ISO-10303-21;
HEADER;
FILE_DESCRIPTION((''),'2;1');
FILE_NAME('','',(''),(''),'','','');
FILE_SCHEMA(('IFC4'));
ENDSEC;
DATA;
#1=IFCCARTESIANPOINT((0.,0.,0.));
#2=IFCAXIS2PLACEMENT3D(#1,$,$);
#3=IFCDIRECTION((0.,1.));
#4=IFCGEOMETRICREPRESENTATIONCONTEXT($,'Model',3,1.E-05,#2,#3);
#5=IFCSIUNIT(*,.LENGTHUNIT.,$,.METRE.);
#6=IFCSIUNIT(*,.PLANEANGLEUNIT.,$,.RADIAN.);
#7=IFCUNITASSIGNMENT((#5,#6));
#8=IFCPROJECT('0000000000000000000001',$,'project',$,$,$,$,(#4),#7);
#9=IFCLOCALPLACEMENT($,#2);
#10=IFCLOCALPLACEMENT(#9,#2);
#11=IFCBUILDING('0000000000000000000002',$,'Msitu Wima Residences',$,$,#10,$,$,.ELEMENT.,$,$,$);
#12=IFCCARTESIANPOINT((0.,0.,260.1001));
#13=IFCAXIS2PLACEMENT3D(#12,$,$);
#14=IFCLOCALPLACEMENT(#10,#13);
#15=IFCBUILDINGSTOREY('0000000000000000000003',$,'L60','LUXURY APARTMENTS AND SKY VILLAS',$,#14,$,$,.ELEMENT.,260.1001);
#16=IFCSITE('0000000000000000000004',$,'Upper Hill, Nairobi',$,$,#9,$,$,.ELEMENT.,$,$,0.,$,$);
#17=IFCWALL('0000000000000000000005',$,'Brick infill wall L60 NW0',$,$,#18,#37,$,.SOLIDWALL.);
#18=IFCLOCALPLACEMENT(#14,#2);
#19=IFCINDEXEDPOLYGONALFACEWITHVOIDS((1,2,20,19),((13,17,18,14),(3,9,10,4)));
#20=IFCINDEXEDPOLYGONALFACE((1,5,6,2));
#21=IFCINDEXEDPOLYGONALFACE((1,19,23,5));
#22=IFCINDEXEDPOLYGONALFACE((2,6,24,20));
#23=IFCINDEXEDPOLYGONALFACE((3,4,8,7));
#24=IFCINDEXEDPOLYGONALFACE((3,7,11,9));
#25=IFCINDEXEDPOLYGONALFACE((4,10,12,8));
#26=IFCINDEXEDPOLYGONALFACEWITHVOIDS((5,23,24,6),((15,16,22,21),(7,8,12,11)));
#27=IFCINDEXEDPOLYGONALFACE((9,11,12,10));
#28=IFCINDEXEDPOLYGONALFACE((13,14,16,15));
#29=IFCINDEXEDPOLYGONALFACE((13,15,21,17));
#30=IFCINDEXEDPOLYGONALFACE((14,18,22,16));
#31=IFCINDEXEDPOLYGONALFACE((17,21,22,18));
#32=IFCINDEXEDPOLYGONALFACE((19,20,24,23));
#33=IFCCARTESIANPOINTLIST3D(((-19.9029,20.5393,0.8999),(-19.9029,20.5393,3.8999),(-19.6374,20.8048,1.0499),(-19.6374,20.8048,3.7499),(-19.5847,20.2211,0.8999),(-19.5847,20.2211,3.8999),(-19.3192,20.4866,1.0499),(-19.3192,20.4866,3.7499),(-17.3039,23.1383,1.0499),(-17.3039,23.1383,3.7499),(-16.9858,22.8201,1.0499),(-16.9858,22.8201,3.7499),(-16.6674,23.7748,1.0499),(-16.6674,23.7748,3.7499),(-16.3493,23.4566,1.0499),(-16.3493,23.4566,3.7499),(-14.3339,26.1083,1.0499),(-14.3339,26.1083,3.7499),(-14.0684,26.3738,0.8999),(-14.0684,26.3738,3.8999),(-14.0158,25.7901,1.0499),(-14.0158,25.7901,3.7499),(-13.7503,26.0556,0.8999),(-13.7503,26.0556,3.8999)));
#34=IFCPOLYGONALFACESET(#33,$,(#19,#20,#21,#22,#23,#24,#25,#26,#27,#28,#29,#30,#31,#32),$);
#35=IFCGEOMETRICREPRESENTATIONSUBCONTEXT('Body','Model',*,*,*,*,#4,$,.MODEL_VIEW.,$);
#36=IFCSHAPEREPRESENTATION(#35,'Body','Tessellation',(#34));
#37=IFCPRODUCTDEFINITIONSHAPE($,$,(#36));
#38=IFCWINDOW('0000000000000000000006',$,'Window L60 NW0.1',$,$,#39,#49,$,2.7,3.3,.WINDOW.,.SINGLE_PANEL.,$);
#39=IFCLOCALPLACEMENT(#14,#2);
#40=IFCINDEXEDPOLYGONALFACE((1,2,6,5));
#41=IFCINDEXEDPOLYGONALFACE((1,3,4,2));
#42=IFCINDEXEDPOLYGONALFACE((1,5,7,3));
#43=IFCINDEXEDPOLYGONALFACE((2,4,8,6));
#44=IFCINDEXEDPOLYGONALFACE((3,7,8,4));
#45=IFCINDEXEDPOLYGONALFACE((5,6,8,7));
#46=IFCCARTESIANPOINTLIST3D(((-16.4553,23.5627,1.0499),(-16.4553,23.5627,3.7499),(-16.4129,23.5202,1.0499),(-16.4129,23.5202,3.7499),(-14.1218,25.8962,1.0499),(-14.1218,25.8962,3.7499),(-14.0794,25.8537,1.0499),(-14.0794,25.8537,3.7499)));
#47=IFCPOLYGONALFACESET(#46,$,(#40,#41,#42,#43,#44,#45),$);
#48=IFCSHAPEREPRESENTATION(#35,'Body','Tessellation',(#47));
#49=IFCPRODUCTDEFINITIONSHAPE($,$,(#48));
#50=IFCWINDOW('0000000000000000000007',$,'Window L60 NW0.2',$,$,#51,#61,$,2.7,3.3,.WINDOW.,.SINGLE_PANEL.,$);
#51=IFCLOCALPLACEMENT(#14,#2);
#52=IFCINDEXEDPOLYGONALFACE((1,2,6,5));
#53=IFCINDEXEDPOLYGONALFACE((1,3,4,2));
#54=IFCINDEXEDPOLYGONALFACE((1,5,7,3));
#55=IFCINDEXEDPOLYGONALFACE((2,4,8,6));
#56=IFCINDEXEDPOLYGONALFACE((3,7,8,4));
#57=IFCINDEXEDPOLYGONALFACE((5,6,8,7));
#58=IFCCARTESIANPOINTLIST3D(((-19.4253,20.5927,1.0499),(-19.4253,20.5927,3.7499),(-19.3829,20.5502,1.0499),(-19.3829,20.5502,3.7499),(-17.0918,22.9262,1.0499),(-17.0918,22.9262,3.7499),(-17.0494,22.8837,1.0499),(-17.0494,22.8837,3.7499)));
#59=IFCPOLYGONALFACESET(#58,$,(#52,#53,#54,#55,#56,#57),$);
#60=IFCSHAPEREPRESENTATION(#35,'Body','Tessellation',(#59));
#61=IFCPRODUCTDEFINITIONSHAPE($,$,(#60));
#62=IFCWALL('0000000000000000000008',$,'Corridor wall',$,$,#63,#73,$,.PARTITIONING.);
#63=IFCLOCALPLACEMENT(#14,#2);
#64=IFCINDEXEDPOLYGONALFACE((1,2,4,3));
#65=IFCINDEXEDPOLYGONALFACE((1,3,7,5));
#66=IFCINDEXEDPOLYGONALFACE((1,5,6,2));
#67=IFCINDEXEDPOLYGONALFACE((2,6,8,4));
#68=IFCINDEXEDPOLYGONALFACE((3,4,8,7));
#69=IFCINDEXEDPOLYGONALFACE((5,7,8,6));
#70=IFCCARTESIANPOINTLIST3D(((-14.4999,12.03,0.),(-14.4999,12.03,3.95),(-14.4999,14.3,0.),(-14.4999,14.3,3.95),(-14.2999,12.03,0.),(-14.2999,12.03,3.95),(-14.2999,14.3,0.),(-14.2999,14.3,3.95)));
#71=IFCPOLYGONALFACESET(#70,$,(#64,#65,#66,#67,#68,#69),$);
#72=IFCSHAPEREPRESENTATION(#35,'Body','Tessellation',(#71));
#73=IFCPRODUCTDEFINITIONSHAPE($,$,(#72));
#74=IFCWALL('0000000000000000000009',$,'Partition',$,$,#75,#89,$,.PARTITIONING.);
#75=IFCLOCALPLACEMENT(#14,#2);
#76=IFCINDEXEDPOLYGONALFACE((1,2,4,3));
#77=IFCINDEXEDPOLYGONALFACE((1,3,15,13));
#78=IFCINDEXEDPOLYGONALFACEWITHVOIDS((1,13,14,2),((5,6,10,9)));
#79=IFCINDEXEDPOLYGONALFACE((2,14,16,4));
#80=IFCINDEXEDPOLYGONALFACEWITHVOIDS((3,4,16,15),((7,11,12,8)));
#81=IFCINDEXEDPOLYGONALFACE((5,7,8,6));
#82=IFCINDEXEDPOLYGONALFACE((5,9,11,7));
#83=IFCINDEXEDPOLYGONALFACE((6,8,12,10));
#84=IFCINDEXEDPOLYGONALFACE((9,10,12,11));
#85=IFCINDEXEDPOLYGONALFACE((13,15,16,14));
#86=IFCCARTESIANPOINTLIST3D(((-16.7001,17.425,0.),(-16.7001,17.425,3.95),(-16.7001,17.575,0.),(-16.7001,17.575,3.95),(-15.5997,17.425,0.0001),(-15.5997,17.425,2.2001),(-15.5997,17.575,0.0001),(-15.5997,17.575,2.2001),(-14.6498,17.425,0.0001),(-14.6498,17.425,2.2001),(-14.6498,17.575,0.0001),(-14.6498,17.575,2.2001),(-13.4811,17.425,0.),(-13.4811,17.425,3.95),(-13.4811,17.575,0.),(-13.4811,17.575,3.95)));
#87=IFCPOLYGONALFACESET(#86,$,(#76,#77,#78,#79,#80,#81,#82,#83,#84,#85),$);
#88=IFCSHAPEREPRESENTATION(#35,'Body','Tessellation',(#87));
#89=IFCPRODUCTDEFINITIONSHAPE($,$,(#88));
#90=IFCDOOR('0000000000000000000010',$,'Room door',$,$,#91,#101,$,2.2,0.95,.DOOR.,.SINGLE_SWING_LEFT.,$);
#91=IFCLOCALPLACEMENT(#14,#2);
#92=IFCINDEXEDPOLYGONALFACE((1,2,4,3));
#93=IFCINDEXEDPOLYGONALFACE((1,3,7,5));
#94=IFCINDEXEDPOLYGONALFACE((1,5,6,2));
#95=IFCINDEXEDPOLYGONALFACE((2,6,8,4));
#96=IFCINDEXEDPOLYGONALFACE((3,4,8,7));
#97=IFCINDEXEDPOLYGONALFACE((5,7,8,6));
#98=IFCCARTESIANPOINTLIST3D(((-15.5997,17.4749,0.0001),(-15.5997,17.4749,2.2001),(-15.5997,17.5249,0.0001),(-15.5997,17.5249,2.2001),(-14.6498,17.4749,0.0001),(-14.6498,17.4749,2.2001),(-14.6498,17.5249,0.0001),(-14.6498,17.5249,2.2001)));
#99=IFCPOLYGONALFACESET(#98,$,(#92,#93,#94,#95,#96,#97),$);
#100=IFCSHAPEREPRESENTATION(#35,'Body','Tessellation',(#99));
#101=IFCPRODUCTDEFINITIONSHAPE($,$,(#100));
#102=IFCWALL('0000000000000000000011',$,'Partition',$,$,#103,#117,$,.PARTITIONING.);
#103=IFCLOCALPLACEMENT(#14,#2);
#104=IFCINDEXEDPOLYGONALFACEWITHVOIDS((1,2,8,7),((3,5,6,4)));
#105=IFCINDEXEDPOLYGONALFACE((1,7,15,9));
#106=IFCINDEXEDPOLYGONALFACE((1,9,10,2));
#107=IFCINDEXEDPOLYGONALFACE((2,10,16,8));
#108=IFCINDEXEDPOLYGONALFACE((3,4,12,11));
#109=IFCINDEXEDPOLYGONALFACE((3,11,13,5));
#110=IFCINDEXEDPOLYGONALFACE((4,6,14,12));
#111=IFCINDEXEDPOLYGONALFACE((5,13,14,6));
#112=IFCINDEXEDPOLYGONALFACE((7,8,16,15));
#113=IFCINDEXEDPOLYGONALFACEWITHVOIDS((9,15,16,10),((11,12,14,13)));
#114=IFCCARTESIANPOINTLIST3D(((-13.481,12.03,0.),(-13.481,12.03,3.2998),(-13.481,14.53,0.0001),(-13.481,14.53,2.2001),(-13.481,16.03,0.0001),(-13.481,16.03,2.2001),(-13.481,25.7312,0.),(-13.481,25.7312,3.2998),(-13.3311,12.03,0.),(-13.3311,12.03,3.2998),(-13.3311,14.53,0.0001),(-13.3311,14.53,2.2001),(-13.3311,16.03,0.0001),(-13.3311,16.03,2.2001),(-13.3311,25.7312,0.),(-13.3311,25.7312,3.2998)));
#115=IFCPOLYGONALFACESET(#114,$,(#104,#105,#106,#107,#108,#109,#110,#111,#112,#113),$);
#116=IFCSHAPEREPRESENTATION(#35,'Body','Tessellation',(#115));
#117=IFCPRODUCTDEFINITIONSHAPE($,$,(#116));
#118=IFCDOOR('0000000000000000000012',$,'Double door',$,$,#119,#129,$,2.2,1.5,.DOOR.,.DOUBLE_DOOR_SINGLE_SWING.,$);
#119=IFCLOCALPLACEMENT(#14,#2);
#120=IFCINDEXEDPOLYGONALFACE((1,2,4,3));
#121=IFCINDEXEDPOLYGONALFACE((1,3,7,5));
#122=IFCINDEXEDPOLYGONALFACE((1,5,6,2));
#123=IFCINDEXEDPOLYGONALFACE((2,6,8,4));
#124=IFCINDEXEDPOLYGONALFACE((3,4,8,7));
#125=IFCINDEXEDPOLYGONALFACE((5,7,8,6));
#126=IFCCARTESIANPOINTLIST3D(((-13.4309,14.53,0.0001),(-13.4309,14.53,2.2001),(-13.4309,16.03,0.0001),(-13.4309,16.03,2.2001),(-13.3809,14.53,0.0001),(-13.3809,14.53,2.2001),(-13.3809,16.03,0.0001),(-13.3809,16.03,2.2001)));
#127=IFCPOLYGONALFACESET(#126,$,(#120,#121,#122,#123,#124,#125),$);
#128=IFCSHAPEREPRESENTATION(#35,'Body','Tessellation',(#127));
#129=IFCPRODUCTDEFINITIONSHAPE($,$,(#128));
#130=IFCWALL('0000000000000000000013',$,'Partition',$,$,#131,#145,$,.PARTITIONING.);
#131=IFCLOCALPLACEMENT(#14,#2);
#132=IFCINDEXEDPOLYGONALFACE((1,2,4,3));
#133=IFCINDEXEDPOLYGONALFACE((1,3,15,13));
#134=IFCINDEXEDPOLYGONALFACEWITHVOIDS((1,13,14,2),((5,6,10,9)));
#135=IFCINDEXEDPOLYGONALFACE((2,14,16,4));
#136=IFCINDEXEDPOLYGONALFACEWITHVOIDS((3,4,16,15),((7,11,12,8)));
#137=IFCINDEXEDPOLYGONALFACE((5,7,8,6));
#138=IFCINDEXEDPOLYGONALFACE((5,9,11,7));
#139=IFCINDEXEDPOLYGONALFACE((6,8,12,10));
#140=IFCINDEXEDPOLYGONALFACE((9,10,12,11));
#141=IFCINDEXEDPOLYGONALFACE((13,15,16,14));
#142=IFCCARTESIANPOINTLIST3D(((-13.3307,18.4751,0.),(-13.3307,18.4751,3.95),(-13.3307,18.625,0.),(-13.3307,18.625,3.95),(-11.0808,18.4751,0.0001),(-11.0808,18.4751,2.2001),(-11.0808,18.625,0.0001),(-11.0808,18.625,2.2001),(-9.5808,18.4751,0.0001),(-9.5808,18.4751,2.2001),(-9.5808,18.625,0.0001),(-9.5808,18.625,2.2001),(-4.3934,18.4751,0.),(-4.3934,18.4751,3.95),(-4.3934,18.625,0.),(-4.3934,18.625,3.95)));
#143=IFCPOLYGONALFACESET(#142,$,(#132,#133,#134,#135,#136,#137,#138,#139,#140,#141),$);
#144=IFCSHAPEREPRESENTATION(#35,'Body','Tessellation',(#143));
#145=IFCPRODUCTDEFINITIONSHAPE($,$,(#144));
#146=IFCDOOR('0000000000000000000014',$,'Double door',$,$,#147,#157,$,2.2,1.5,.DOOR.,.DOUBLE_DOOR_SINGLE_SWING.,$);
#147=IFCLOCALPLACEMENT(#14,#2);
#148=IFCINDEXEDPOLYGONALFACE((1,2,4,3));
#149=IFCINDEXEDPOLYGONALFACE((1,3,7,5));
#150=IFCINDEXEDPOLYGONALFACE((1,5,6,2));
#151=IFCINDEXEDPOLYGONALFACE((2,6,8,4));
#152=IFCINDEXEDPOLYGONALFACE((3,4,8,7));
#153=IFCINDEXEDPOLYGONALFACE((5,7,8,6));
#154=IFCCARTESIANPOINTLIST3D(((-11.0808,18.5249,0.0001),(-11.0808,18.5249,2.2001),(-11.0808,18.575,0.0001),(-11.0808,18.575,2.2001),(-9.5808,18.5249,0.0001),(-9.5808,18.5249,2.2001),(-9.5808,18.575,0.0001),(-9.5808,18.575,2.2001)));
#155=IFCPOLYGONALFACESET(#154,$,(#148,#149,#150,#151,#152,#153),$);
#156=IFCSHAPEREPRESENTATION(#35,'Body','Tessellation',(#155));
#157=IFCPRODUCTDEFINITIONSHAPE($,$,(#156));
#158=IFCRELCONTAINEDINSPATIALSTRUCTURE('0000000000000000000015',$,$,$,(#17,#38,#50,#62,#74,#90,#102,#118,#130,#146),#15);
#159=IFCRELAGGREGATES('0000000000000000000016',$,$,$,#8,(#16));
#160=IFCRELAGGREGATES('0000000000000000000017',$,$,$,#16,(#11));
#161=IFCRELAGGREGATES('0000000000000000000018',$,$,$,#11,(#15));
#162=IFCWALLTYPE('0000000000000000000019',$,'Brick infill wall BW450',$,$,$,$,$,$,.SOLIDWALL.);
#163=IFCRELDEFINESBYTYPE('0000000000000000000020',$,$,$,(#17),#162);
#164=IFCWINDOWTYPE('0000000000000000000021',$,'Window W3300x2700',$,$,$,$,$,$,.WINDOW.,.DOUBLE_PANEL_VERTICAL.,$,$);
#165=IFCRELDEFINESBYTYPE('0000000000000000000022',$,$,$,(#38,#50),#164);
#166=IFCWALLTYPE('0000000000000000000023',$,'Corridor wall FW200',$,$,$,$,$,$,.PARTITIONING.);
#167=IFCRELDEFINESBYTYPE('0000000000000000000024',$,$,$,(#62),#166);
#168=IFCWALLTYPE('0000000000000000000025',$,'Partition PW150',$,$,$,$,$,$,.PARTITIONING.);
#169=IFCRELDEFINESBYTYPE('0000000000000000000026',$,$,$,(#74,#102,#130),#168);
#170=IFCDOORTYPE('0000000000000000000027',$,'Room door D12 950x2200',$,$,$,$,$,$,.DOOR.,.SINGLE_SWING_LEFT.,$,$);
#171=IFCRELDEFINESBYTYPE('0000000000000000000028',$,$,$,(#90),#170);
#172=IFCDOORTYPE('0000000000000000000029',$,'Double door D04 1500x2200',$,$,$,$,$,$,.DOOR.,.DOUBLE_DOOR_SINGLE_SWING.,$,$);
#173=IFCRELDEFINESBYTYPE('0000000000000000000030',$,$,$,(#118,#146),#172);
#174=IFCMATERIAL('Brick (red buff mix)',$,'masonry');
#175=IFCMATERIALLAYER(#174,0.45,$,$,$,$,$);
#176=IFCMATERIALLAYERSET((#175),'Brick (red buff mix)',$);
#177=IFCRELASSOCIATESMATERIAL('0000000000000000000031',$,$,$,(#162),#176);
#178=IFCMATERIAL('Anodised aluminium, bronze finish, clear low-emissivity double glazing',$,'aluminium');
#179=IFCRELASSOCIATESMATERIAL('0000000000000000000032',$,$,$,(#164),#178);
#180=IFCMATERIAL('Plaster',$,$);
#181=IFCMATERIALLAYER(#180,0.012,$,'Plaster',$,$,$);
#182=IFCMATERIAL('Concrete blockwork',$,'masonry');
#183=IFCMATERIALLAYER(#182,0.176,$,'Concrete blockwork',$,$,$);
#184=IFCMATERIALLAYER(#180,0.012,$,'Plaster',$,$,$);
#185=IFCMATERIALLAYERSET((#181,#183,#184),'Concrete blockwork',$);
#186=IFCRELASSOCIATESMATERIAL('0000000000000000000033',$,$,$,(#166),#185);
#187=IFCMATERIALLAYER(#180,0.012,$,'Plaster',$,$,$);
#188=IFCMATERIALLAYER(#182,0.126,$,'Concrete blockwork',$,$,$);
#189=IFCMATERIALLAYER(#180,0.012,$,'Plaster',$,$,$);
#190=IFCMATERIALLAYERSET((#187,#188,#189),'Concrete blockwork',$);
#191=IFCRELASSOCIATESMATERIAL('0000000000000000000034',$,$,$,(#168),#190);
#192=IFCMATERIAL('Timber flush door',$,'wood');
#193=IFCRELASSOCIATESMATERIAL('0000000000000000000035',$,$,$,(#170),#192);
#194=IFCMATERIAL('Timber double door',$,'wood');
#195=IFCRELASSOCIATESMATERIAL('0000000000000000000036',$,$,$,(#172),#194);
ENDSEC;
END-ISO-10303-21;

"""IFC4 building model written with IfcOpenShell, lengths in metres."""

from ifc_helpers import new_model, si_unit, direction, frame, frame_2d, origin, place, context, subcontext, project, spatial, rectangle, extrude, material, layer, layer_set, type_object, element, fill, save


model = new_model("IFC4")

# Units and contexts
model_context = context("Model", 3, precision=1e-05, world=origin(), true_north=direction((0.0, 1.0)))
body_context = subcontext(model_context, "Body", "Model", "MODEL_VIEW")
ifc_project = project(units=[si_unit("LENGTHUNIT", "METRE"), si_unit("PLANEANGLEUNIT", "RADIAN")], contexts=[model_context])

# Site, building, storey
site_placement = place(None, origin())
site = spatial("IfcSite", under=ifc_project, at=site_placement, Name="Upper Hill, Nairobi", CompositionType="ELEMENT", RefElevation=0.0)
building_placement = place(site_placement, origin())
building = spatial("IfcBuilding", under=site, at=building_placement, Name="Msitu Wima Residences", CompositionType="ELEMENT")
storey_placement = place(building_placement, frame((0.0, 0.0, 260.1001)))
storey = spatial("IfcBuildingStorey", under=building, at=storey_placement, Name="L60", Description="LUXURY APARTMENTS AND SKY VILLAS", CompositionType="ELEMENT", Elevation=260.1001)

# Wall, openings, windows
ifc_material_1 = material(Name="Brick (red buff mix)", Category="masonry")
ifc_layer_1 = layer(ifc_material_1, 0.45)
ifc_layer_set_1 = layer_set([ifc_layer_1], Name="Brick (red buff mix)")
wall_type_1 = type_object("IfcWallType", Name="Brick infill wall BW450", PredefinedType="SOLIDWALL", material=ifc_layer_set_1)
ifc_material_2 = material(Name="Anodised aluminium, bronze finish, clear low-emissivity double glazing", Category="aluminium")
window_type = type_object("IfcWindowType", Name="Window W3300x2700", PartitioningType="DOUBLE_PANEL_VERTICAL", PredefinedType="WINDOW", material=ifc_material_2)
wall_1_placement = place(storey_placement, frame((-13.9094, 26.2146, 0.8999), z_axis=(0.0, 0.0, 1.0), x_axis=(-0.707107, -0.707107, 0.0)))
wall_1 = element("IfcWall", 1, at=wall_1_placement, inside=storey, type_object=wall_type_1, Name="Brick infill wall L60 NW0", PredefinedType="SOLIDWALL", context=body_context, shape_type="SweptSolid", body=[
    extrude(rectangle(XDim=8.2512, YDim=0.45, at=frame_2d((4.1255, 0.0))), origin(), (0.0, 0.0, 1.0), 3.0),
])
opening_1_placement = place(wall_1_placement, frame((0.3755, 0.0, 0.1499)))
opening_1 = element("IfcOpeningElement", 2, at=opening_1_placement, cuts=wall_1, PredefinedType="OPENING", context=body_context, shape_type="SweptSolid", body=[
    extrude(rectangle(XDim=3.3, YDim=2.7, at=frame_2d((1.6499, 1.3501))), frame((0.0, 0.2349, 0.0), z_axis=(0.0, -1.0, 0.0), x_axis=(1.0, 0.0, 0.0)), (0.0, 0.0, 1.0), 0.47),
])
opening_2_placement = place(wall_1_placement, frame((4.5757, 0.0, 0.1499)))
opening_2 = element("IfcOpeningElement", 3, at=opening_2_placement, cuts=wall_1, PredefinedType="OPENING", context=body_context, shape_type="SweptSolid", body=[
    extrude(rectangle(XDim=3.3, YDim=2.7, at=frame_2d((1.6499, 1.3501))), frame((0.0, 0.2349, 0.0), z_axis=(0.0, -1.0, 0.0), x_axis=(1.0, 0.0, 0.0)), (0.0, 0.0, 1.0), 0.47),
])
window_1_placement = place(opening_1_placement, origin())
window_1 = element("IfcWindow", 4, at=window_1_placement, inside=storey, type_object=window_type, Name="Window L60 NW0.1", OverallHeight=2.7, OverallWidth=3.3, PartitioningType="SINGLE_PANEL", PredefinedType="WINDOW", context=body_context, shape_type="SweptSolid", body=[
    extrude(rectangle(XDim=3.3, YDim=2.7, at=frame_2d((1.6499, 1.3501))), frame((0.0, 0.135, 0.0), z_axis=(0.0, -1.0, 0.0), x_axis=(1.0, 0.0, 0.0)), (0.0, 0.0, 1.0), 0.0601),
])
fill(opening_1, window_1)
window_2_placement = place(opening_2_placement, origin())
window_2 = element("IfcWindow", 5, at=window_2_placement, inside=storey, type_object=window_type, Name="Window L60 NW0.2", OverallHeight=2.7, OverallWidth=3.3, PartitioningType="SINGLE_PANEL", PredefinedType="WINDOW", context=body_context, shape_type="SweptSolid", body=[
    extrude(rectangle(XDim=3.3, YDim=2.7, at=frame_2d((1.6499, 1.3501))), frame((0.0, 0.135, 0.0), z_axis=(0.0, -1.0, 0.0), x_axis=(1.0, 0.0, 0.0)), (0.0, 0.0, 1.0), 0.0601),
])
fill(opening_2, window_2)

# Wall
ifc_material_3 = material(Name="Plaster")
ifc_layer_2 = layer(ifc_material_3, 0.012, Name="Plaster")
ifc_material_4 = material(Name="Concrete blockwork", Category="masonry")
ifc_layer_3 = layer(ifc_material_4, 0.176, Name="Concrete blockwork")
ifc_layer_4 = layer(ifc_material_3, 0.012, Name="Plaster")
ifc_layer_set_2 = layer_set([ifc_layer_2, ifc_layer_3, ifc_layer_4], Name="Concrete blockwork")
wall_type_2 = type_object("IfcWallType", Name="Corridor wall FW200", PredefinedType="PARTITIONING", material=ifc_layer_set_2)
wall_2_placement = place(storey_placement, frame((-14.3999, 12.03, 0.0), z_axis=(0.0, 0.0, 1.0), x_axis=(0.0, 1.0, 0.0)))
element("IfcWall", 6, at=wall_2_placement, inside=storey, type_object=wall_type_2, Name="Corridor wall", PredefinedType="PARTITIONING", context=body_context, shape_type="SweptSolid", body=[
    extrude(rectangle(XDim=2.27, YDim=0.2, at=frame_2d((1.135, 0.0))), origin(), (0.0, 0.0, 1.0), 3.95),
])

# Walls, openings, doors
ifc_layer_5 = layer(ifc_material_3, 0.012, Name="Plaster")
ifc_layer_6 = layer(ifc_material_4, 0.126, Name="Concrete blockwork")
ifc_layer_7 = layer(ifc_material_3, 0.012, Name="Plaster")
ifc_layer_set_3 = layer_set([ifc_layer_5, ifc_layer_6, ifc_layer_7], Name="Concrete blockwork")
wall_type_3 = type_object("IfcWallType", Name="Partition PW150", PredefinedType="PARTITIONING", material=ifc_layer_set_3)
wall_3_placement = place(storey_placement, frame((-16.7, 17.5, 0.0), z_axis=(0.0, 0.0, 1.0), x_axis=(1.0, 0.0, 0.0)))
wall_3 = element("IfcWall", 7, at=wall_3_placement, inside=storey, type_object=wall_type_3, Name="Partition", PredefinedType="PARTITIONING", context=body_context, shape_type="SweptSolid", body=[
    extrude(rectangle(XDim=3.219, YDim=0.1499, at=frame_2d((1.6094, 0.0))), origin(), (0.0, 0.0, 1.0), 3.95),
])
opening_3_placement = place(wall_3_placement, frame((1.1001, 0.0, 0.0)))
opening_3 = element("IfcOpeningElement", 8, at=opening_3_placement, cuts=wall_3, PredefinedType="OPENING", context=body_context, shape_type="SweptSolid", body=[
    extrude(rectangle(XDim=0.95, YDim=2.2, at=frame_2d((0.4751, 1.1001))), frame((0.0, 0.085, 0.0), z_axis=(0.0, -1.0, 0.0), x_axis=(1.0, 0.0, 0.0)), (0.0, 0.0, 1.0), 0.1699),
])
ifc_material_5 = material(Name="Timber flush door", Category="wood")
door_type_1 = type_object("IfcDoorType", Name="Room door D12 950x2200", OperationType="SINGLE_SWING_LEFT", PredefinedType="DOOR", material=ifc_material_5)
door_1_placement = place(opening_3_placement, origin())
door_1 = element("IfcDoor", 9, at=door_1_placement, inside=storey, type_object=door_type_1, Name="Room door", OperationType="SINGLE_SWING_LEFT", OverallHeight=2.2, OverallWidth=0.95, PredefinedType="DOOR", context=body_context, shape_type="SweptSolid", body=[
    extrude(rectangle(XDim=0.95, YDim=2.2, at=frame_2d((0.4751, 1.1001))), frame((0.0, 0.0249, 0.0), z_axis=(0.0, -1.0, 0.0), x_axis=(1.0, 0.0, 0.0)), (0.0, 0.0, 1.0), 0.05),
])
fill(opening_3, door_1)
wall_4_placement = place(storey_placement, frame((-13.406, 12.03, 0.0), z_axis=(0.0, 0.0, 1.0), x_axis=(0.0, 1.0, 0.0)))
wall_4 = element("IfcWall", 10, at=wall_4_placement, inside=storey, type_object=wall_type_3, Name="Partition", PredefinedType="PARTITIONING", context=body_context, shape_type="SweptSolid", body=[
    extrude(rectangle(XDim=13.7012, YDim=0.1499, at=frame_2d((6.8506, 0.0))), origin(), (0.0, 0.0, 1.0), 3.2998),
])
opening_4_placement = place(wall_4_placement, frame((2.5, 0.0, 0.0)))
opening_4 = element("IfcOpeningElement", 11, at=opening_4_placement, cuts=wall_4, PredefinedType="OPENING", context=body_context, shape_type="SweptSolid", body=[
    extrude(rectangle(XDim=1.5, YDim=2.2, at=frame_2d((0.75, 1.1001))), frame((0.0, 0.085, 0.0), z_axis=(0.0, -1.0, 0.0), x_axis=(1.0, 0.0, 0.0)), (0.0, 0.0, 1.0), 0.1699),
])
ifc_material_6 = material(Name="Timber double door", Category="wood")
door_type_2 = type_object("IfcDoorType", Name="Double door D04 1500x2200", OperationType="DOUBLE_DOOR_SINGLE_SWING", PredefinedType="DOOR", material=ifc_material_6)
door_2_placement = place(opening_4_placement, origin())
door_2 = element("IfcDoor", 12, at=door_2_placement, inside=storey, type_object=door_type_2, Name="Double door", OperationType="DOUBLE_DOOR_SINGLE_SWING", OverallHeight=2.2, OverallWidth=1.5, PredefinedType="DOOR", context=body_context, shape_type="SweptSolid", body=[
    extrude(rectangle(XDim=1.5, YDim=2.2, at=frame_2d((0.75, 1.1001))), frame((0.0, 0.0249, 0.0), z_axis=(0.0, -1.0, 0.0), x_axis=(1.0, 0.0, 0.0)), (0.0, 0.0, 1.0), 0.05),
])
fill(opening_4, door_2)
wall_5_placement = place(storey_placement, frame((-13.3308, 18.55, 0.0), z_axis=(0.0, 0.0, 1.0), x_axis=(1.0, 0.0, 0.0)))
wall_5 = element("IfcWall", 13, at=wall_5_placement, inside=storey, type_object=wall_type_3, Name="Partition", PredefinedType="PARTITIONING", context=body_context, shape_type="SweptSolid", body=[
    extrude(rectangle(XDim=8.9373, YDim=0.1499, at=frame_2d((4.4688, 0.0))), origin(), (0.0, 0.0, 1.0), 3.95),
])
opening_5_placement = place(wall_5_placement, frame((2.25, 0.0, 0.0)))
opening_5 = element("IfcOpeningElement", 14, at=opening_5_placement, cuts=wall_5, PredefinedType="OPENING", context=body_context, shape_type="SweptSolid", body=[
    extrude(rectangle(XDim=1.5, YDim=2.2, at=frame_2d((0.75, 1.1001))), frame((0.0, 0.085, 0.0), z_axis=(0.0, -1.0, 0.0), x_axis=(1.0, 0.0, 0.0)), (0.0, 0.0, 1.0), 0.1699),
])
door_3_placement = place(opening_5_placement, origin())
door_3 = element("IfcDoor", 15, at=door_3_placement, inside=storey, type_object=door_type_2, Name="Double door", OperationType="DOUBLE_DOOR_SINGLE_SWING", OverallHeight=2.2, OverallWidth=1.5, PredefinedType="DOOR", context=body_context, shape_type="SweptSolid", body=[
    extrude(rectangle(XDim=1.5, YDim=2.2, at=frame_2d((0.75, 1.1001))), frame((0.0, 0.0249, 0.0), z_axis=(0.0, -1.0, 0.0), x_axis=(1.0, 0.0, 0.0)), (0.0, 0.0, 1.0), 0.05),
])
fill(opening_5, door_3)

save(model, "model.ifc")
